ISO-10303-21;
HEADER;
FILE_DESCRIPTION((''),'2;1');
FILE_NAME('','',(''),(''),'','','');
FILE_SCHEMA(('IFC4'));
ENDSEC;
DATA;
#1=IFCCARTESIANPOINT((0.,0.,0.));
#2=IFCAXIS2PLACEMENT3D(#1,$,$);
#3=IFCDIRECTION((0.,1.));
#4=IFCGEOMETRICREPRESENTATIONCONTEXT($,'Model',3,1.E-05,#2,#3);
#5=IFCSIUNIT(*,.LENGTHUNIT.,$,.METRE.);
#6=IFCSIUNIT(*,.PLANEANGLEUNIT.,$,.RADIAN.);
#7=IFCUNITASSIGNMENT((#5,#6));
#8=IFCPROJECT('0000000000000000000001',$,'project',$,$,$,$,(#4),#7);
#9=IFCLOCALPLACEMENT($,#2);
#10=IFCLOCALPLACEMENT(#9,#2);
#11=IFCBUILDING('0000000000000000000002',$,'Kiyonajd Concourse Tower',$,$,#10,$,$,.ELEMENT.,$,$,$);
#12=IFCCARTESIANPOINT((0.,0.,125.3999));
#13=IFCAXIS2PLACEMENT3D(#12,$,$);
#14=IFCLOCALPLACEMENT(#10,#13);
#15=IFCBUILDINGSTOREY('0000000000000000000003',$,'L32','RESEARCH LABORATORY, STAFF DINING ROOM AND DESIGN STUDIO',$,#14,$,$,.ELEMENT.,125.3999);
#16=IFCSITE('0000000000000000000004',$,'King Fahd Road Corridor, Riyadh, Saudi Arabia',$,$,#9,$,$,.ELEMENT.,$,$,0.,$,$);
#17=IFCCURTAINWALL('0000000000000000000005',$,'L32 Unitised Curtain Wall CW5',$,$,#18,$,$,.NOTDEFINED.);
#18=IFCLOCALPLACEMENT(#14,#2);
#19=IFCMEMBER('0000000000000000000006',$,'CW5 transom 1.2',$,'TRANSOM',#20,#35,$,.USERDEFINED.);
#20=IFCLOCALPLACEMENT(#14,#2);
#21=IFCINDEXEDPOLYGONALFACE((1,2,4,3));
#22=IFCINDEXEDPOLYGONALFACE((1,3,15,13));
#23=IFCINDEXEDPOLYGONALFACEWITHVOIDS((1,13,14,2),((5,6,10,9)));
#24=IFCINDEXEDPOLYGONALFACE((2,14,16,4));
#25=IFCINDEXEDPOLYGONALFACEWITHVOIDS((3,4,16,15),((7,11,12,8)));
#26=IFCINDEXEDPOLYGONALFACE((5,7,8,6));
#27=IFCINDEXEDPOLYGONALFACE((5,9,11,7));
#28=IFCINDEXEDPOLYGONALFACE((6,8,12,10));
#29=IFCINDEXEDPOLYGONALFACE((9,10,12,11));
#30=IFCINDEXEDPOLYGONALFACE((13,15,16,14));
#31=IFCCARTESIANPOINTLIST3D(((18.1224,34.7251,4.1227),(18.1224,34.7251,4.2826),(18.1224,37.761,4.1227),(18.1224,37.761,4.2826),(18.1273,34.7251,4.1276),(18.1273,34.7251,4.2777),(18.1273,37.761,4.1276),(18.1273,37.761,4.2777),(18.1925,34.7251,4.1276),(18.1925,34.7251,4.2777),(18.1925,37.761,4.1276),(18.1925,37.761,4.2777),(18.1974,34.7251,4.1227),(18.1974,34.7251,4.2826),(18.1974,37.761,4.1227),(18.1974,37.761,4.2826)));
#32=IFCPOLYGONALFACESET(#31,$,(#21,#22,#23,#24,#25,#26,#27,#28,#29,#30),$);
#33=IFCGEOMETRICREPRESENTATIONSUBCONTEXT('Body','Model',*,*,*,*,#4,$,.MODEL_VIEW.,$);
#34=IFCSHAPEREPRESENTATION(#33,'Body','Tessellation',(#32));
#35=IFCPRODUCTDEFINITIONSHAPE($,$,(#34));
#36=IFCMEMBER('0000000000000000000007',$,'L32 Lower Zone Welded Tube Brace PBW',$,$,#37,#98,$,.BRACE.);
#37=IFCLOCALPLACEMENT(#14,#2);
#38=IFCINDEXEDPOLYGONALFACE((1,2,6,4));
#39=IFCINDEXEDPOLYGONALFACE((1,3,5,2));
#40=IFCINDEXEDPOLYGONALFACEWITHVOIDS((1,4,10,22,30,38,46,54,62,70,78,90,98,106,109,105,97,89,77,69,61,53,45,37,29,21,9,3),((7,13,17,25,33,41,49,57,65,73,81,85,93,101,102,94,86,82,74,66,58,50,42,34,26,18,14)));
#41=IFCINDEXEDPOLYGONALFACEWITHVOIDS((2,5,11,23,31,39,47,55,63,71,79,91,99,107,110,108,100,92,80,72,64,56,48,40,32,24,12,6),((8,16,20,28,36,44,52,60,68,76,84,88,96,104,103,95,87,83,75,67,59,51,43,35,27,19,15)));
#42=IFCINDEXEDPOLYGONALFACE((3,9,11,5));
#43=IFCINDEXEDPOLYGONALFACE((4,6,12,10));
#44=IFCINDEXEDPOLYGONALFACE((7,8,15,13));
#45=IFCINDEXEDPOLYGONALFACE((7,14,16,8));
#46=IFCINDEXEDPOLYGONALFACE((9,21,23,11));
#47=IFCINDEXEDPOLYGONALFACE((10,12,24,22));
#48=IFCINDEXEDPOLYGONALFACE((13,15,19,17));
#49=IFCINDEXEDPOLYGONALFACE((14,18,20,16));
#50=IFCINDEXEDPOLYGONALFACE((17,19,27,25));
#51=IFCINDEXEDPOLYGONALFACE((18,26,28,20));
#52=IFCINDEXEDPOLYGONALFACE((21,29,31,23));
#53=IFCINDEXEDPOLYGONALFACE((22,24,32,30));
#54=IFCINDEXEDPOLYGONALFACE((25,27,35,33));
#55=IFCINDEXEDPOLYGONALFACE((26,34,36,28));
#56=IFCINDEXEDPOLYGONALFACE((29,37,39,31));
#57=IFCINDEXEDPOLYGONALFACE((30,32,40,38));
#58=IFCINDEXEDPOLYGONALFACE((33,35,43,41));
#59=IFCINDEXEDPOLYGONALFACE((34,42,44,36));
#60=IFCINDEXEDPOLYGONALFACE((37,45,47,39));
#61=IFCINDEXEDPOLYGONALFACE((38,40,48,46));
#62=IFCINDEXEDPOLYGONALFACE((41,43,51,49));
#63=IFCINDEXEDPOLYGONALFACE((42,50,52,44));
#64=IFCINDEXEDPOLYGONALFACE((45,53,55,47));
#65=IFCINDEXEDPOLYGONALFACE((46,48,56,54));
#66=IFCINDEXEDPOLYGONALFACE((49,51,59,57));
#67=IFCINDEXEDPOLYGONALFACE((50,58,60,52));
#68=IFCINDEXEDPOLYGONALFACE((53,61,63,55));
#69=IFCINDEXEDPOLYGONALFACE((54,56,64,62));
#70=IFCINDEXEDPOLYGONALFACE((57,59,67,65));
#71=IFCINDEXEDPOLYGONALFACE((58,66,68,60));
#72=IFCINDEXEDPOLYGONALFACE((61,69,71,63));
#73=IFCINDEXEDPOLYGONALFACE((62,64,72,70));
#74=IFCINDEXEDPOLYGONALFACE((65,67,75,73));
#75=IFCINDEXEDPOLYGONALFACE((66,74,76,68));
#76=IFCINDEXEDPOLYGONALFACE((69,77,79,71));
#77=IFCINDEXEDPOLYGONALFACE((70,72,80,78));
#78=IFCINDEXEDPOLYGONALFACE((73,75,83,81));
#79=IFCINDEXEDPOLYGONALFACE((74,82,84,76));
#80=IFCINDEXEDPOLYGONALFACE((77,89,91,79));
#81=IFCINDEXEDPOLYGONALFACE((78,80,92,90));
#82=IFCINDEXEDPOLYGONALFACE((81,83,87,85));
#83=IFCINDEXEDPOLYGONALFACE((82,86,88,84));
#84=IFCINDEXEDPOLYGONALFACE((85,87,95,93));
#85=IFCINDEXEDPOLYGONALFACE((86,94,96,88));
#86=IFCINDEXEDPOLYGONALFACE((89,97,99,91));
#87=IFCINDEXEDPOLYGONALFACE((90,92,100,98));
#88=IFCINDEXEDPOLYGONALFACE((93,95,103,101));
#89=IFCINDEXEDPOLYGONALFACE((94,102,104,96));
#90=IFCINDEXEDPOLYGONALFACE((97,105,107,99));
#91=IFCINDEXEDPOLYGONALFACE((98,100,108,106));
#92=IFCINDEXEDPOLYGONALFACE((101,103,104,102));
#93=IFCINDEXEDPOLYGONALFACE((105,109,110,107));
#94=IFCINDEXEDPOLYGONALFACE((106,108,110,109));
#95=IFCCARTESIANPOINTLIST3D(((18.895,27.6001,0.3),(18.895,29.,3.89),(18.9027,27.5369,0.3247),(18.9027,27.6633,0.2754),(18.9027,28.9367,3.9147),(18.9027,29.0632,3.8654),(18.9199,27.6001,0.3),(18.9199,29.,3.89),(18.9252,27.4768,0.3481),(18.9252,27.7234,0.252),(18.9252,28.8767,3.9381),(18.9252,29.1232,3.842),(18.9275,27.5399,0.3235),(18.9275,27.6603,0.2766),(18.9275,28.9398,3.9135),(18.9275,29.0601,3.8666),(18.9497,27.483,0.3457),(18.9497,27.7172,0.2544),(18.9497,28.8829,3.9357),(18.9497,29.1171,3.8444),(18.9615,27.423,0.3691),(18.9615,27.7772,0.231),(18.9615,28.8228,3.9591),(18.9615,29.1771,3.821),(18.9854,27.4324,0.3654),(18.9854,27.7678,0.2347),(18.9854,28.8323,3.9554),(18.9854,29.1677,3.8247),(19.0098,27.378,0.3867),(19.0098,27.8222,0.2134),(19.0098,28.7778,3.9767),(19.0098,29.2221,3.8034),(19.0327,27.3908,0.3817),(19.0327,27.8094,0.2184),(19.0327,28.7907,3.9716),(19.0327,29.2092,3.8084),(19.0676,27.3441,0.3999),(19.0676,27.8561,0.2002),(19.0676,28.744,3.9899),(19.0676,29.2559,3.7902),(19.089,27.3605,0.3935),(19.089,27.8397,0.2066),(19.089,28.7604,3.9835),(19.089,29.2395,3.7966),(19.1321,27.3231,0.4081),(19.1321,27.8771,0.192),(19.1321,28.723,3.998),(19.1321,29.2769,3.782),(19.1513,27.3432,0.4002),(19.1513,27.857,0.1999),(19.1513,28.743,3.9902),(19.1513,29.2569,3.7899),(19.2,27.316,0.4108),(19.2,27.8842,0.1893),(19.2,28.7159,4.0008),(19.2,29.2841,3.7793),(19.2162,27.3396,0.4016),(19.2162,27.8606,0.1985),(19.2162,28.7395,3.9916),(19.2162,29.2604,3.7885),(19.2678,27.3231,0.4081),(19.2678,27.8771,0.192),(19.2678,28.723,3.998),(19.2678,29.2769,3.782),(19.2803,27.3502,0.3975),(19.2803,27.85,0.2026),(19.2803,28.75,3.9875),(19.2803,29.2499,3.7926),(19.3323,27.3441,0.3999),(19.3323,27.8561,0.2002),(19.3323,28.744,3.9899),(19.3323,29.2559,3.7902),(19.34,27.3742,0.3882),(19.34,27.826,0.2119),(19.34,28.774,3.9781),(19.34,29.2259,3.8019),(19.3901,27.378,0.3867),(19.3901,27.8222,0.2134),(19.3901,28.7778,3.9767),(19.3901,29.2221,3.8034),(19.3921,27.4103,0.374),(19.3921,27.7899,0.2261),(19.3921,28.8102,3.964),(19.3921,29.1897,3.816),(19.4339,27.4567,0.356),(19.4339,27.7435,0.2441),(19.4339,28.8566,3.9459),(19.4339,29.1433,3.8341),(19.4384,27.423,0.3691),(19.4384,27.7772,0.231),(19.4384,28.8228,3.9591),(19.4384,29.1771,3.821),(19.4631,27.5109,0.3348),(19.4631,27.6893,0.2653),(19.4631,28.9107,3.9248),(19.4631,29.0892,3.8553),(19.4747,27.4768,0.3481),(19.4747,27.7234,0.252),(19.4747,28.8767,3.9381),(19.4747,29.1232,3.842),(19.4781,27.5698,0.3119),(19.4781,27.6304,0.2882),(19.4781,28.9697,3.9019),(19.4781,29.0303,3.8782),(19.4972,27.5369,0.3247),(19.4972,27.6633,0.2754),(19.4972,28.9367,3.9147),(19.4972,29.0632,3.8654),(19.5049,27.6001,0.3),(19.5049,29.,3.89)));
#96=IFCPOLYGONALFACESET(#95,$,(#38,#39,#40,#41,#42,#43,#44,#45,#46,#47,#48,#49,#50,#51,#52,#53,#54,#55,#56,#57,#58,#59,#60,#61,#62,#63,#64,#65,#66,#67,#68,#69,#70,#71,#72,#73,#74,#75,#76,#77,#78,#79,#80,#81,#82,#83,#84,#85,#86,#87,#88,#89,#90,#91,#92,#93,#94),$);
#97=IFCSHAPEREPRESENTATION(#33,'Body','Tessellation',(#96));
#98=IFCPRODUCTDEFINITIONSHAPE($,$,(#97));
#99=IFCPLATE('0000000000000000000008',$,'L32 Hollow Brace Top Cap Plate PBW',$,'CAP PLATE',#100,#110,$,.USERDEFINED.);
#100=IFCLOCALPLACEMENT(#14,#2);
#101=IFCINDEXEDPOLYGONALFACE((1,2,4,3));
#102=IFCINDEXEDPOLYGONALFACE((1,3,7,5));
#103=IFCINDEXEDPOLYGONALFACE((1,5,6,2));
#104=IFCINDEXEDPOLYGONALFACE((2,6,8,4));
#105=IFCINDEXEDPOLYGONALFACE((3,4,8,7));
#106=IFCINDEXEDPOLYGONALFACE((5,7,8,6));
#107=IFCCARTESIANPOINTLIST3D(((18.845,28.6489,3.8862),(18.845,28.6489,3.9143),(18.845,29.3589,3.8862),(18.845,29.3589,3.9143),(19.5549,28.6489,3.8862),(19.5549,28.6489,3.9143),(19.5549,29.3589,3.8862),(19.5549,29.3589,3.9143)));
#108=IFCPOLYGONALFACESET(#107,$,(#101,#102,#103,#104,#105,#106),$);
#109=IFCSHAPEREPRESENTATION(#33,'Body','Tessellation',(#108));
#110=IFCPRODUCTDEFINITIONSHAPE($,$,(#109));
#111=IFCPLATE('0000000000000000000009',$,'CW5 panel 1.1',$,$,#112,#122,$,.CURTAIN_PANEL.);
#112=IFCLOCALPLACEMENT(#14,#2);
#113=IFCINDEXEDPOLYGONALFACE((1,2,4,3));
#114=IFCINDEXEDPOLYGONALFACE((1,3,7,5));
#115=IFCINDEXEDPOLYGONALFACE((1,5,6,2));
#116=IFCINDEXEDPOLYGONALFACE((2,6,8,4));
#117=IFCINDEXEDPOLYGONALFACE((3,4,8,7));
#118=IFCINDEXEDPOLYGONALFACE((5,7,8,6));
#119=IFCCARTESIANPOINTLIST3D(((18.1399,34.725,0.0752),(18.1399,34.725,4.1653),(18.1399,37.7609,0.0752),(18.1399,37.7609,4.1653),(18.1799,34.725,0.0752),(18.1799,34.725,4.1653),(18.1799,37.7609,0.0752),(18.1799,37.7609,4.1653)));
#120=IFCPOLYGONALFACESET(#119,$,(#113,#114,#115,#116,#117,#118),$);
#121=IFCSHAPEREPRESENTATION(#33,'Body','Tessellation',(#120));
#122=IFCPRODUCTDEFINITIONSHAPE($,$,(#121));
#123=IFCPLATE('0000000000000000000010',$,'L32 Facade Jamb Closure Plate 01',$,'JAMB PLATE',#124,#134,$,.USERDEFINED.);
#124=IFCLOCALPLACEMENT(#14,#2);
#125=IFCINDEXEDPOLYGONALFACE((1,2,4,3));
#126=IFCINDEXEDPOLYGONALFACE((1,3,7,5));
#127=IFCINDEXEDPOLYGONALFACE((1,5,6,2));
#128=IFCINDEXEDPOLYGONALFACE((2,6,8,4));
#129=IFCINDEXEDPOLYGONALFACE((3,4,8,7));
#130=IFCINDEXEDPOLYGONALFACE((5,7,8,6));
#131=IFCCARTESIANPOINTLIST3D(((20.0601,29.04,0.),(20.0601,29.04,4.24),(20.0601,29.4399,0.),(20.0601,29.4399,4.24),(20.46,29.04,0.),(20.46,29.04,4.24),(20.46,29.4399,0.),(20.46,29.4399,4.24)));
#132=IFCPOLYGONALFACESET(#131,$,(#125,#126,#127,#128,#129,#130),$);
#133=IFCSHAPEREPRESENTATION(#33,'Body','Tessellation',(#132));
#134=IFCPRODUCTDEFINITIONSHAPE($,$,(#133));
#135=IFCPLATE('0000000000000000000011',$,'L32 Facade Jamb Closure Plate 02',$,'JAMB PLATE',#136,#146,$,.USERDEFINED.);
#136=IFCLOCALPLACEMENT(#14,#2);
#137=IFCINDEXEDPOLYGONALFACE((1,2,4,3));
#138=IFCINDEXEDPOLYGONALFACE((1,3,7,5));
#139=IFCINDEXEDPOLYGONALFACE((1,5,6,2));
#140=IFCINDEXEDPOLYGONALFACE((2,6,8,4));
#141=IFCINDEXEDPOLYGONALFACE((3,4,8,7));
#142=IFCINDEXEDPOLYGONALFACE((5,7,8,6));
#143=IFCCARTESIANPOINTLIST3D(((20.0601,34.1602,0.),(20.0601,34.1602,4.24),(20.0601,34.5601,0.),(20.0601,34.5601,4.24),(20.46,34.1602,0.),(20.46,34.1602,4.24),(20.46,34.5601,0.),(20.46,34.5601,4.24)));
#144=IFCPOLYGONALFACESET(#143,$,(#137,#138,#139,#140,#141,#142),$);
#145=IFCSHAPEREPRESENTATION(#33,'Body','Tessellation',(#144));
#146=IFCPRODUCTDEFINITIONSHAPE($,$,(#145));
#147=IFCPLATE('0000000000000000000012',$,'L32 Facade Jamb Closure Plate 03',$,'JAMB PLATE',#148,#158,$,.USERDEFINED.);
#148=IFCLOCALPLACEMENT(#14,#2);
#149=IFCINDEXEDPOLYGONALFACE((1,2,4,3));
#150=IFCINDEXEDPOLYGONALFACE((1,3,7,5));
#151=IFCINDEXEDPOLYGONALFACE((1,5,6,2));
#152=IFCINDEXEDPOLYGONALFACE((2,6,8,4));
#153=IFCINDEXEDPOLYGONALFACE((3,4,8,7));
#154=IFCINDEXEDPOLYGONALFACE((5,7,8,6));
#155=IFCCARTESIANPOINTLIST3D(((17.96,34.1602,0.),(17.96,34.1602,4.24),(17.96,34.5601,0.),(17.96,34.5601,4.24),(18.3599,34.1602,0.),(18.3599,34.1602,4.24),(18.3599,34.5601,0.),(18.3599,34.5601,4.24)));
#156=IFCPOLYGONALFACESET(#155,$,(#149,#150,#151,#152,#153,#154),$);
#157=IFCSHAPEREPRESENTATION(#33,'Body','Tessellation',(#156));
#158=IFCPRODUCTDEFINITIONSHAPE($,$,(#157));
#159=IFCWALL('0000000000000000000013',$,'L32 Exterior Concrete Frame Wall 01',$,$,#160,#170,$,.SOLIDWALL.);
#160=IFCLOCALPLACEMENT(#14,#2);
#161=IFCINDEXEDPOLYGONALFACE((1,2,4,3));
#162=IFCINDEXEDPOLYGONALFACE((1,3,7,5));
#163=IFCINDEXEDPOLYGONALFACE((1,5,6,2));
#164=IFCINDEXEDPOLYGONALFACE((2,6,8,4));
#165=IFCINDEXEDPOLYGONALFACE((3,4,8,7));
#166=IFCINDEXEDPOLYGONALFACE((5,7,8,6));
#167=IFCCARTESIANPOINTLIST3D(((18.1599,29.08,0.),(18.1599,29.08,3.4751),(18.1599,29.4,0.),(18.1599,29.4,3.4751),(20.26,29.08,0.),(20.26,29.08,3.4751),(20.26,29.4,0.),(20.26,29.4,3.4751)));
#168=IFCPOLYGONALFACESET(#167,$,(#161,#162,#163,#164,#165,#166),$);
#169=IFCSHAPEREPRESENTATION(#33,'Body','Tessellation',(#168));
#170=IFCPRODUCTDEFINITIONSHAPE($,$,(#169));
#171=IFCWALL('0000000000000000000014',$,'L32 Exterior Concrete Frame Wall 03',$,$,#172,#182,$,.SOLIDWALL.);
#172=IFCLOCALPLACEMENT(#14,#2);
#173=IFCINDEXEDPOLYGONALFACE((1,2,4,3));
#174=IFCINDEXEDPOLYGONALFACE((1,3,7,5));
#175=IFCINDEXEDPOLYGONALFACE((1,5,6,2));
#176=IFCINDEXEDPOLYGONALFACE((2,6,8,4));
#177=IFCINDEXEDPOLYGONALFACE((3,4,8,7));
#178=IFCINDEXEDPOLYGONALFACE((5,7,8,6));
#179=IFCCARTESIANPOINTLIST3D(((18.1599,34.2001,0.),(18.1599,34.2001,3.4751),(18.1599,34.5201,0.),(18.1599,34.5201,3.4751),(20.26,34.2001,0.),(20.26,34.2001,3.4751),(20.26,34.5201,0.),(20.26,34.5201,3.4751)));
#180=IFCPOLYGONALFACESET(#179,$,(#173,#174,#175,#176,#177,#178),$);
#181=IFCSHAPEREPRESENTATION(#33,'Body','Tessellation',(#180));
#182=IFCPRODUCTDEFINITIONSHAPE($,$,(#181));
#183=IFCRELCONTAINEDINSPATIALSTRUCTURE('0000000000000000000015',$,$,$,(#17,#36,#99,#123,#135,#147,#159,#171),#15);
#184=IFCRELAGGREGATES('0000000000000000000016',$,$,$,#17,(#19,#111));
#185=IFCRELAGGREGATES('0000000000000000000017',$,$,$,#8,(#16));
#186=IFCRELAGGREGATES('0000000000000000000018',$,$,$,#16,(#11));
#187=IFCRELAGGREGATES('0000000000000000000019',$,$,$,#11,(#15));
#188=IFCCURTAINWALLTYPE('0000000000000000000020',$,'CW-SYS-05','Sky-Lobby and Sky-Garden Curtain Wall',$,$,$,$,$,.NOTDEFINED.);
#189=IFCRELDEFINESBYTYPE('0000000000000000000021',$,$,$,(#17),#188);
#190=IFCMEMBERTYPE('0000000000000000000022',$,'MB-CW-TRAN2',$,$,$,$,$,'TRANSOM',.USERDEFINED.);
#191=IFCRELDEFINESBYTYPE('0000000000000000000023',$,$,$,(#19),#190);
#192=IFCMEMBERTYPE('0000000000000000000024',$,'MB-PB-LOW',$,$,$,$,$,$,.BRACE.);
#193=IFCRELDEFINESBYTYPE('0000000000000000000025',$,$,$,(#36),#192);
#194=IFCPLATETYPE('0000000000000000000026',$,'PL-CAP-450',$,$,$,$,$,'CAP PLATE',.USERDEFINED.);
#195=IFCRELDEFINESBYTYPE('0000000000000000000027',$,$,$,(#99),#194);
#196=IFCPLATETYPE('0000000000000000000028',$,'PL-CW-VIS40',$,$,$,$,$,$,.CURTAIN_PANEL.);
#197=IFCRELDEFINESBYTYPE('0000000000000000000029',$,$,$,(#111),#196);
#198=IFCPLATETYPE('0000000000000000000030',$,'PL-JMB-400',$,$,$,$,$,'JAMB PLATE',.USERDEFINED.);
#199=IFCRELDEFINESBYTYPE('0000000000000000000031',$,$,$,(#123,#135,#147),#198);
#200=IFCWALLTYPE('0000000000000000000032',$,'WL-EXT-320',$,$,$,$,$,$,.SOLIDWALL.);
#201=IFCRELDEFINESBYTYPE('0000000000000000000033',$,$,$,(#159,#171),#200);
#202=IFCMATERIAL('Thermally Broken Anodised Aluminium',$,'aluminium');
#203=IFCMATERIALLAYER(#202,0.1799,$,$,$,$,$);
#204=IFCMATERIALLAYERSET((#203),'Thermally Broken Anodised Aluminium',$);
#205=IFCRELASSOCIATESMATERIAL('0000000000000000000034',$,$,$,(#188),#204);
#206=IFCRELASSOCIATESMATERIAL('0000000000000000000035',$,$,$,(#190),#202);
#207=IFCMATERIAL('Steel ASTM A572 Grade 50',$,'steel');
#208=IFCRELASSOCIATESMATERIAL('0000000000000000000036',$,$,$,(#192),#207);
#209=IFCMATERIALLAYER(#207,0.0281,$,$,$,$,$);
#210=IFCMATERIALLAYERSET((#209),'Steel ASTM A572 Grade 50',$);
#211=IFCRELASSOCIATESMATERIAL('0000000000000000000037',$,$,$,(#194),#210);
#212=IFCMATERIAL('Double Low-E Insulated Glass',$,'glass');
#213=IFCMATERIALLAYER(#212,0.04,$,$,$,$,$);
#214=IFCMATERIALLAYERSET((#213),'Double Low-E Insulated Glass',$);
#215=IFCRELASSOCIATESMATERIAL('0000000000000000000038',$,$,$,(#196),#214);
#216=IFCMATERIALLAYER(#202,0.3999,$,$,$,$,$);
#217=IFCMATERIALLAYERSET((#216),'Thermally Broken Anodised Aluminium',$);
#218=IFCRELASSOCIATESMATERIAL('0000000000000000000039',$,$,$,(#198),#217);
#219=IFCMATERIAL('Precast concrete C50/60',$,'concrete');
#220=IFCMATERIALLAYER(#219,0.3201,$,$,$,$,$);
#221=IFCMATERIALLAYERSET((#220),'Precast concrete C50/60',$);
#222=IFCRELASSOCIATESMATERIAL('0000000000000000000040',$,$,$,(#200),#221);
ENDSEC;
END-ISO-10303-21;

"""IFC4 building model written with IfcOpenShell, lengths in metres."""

from ifc_helpers import new_model, si_unit, direction, frame, frame_2d, origin, origin_2d, place, context, subcontext, project, spatial, rectangle, hollow_rectangle, hollow_circle, extrude, material, layer, layer_set, material_profile, profile_set, type_object, element, aggregate, save


model = new_model("IFC4")

# Units and contexts
model_context = context("Model", 3, precision=1e-05, world=origin(), true_north=direction((0.0, 1.0)))
body_context = subcontext(model_context, "Body", "Model", "MODEL_VIEW")
ifc_project = project(units=[si_unit("LENGTHUNIT", "METRE"), si_unit("PLANEANGLEUNIT", "RADIAN")], contexts=[model_context])

# Site, building, storey
site_placement = place(None, origin())
site = spatial("IfcSite", under=ifc_project, at=site_placement, Name="King Fahd Road Corridor, Riyadh, Saudi Arabia", CompositionType="ELEMENT", RefElevation=0.0)
building_placement = place(site_placement, origin())
building = spatial("IfcBuilding", under=site, at=building_placement, Name="Kiyonajd Concourse Tower", CompositionType="ELEMENT")
storey_placement = place(building_placement, frame((0.0, 0.0, 125.3999)))
storey = spatial("IfcBuildingStorey", under=building, at=storey_placement, Name="L32", Description="RESEARCH LABORATORY, STAFF DINING ROOM AND DESIGN STUDIO", CompositionType="ELEMENT", Elevation=125.3999)

# Shared definitions
ifc_material_1 = material(Name="Precast concrete C50/60", Category="concrete")

# Curtain wall, member
ifc_material_2 = material(Name="Thermally Broken Anodised Aluminium", Category="aluminium")
ifc_layer_1 = layer(ifc_material_2, 0.1799)
ifc_layer_set_1 = layer_set([ifc_layer_1], Name="Thermally Broken Anodised Aluminium")
curtain_wall_type = type_object("IfcCurtainWallType", Name="CW-SYS-05", Description="Sky-Lobby and Sky-Garden Curtain Wall", PredefinedType="NOTDEFINED", material=ifc_layer_set_1)
curtain_wall_placement = place(storey_placement, origin())
curtain_wall = element("IfcCurtainWall", 1, at=curtain_wall_placement, inside=storey, type_object=curtain_wall_type, Name="L32 Unitised Curtain Wall CW5", PredefinedType="NOTDEFINED")
ifc_material_profile_1 = material_profile(ifc_material_2, hollow_rectangle(XDim=0.075, YDim=0.1599, WallThickness=0.0049, at=origin_2d()), Name="TRAN-75x160")
ifc_profile_set_1 = profile_set([ifc_material_profile_1], Name="Thermally Broken Anodised Aluminium")
member_type_1 = type_object("IfcMemberType", Name="MB-CW-TRAN2", ElementType="TRANSOM", PredefinedType="USERDEFINED", material=ifc_profile_set_1)
member_1_placement = place(storey_placement, frame((18.1599, 34.7251, 4.2026), z_axis=(0.0, 1.0, 0.0), x_axis=(-1.0, 0.0, 0.0)))
member_1 = element("IfcMember", 2, at=member_1_placement, type_object=member_type_1, Name="CW5 transom 1.2", ObjectType="TRANSOM", PredefinedType="USERDEFINED", context=body_context, shape_type="SweptSolid", body=[
    extrude(hollow_rectangle(XDim=0.075, YDim=0.1599, WallThickness=0.0049, at=origin_2d()), origin(), (0.0, 0.0, 1.0), 3.0359),
])

# Member
ifc_material_3 = material(Name="Steel ASTM A572 Grade 50", Category="steel")
ifc_material_profile_2 = material_profile(ifc_material_3, hollow_circle(Radius=0.3049, WallThickness=0.0249, at=origin_2d()), Name="CHS-610x25")
ifc_profile_set_2 = profile_set([ifc_material_profile_2], Name="Steel ASTM A572 Grade 50")
member_type_2 = type_object("IfcMemberType", Name="MB-PB-LOW", PredefinedType="BRACE", material=ifc_profile_set_2)
member_2_placement = place(storey_placement, frame((19.2, 27.6001, 0.3), z_axis=(0.0, 0.363293, 0.931675), x_axis=(-1.0, 0.0, 0.0)))
element("IfcMember", 3, at=member_2_placement, inside=storey, type_object=member_type_2, Name="L32 Lower Zone Welded Tube Brace PBW", PredefinedType="BRACE", context=body_context, shape_type="SweptSolid", body=[
    extrude(hollow_circle(Radius=0.3049, WallThickness=0.0249, at=origin_2d()), origin(), (0.0, 0.0, 1.0), 3.8533),
])

# Plates
ifc_layer_2 = layer(ifc_material_3, 0.0281)
ifc_layer_set_2 = layer_set([ifc_layer_2], Name="Steel ASTM A572 Grade 50")
plate_type_1 = type_object("IfcPlateType", Name="PL-CAP-450", ElementType="CAP PLATE", PredefinedType="USERDEFINED", material=ifc_layer_set_2)
plate_1_placement = place(storey_placement, frame((19.2, 29.0039, 3.8862), z_axis=(0.0, 0.0, 1.0), x_axis=(1.0, 0.0, 0.0)))
element("IfcPlate", 4, at=plate_1_placement, inside=storey, type_object=plate_type_1, Name="L32 Hollow Brace Top Cap Plate PBW", ObjectType="CAP PLATE", PredefinedType="USERDEFINED", context=body_context, shape_type="SweptSolid", body=[
    extrude(rectangle(XDim=0.71, YDim=0.71, at=origin_2d()), origin(), (0.0, 0.0, 1.0), 0.0281),
])
ifc_material_4 = material(Name="Double Low-E Insulated Glass", Category="glass")
ifc_layer_3 = layer(ifc_material_4, 0.04)
ifc_layer_set_3 = layer_set([ifc_layer_3], Name="Double Low-E Insulated Glass")
plate_type_2 = type_object("IfcPlateType", Name="PL-CW-VIS40", PredefinedType="CURTAIN_PANEL", material=ifc_layer_set_3)
plate_2_placement = place(storey_placement, frame((18.1599, 36.2429, 0.0752), z_axis=(0.0, 0.0, 1.0), x_axis=(0.0, 1.0, 0.0)))
plate_2 = element("IfcPlate", 5, at=plate_2_placement, type_object=plate_type_2, Name="CW5 panel 1.1", PredefinedType="CURTAIN_PANEL", context=body_context, shape_type="SweptSolid", body=[
    extrude(rectangle(XDim=3.0359, YDim=0.04, at=origin_2d()), origin(), (0.0, 0.0, 1.0), 4.0901),
])
aggregate(curtain_wall, [member_1, plate_2])

# Plates
ifc_layer_4 = layer(ifc_material_2, 0.3999)
ifc_layer_set_4 = layer_set([ifc_layer_4], Name="Thermally Broken Anodised Aluminium")
plate_type_3 = type_object("IfcPlateType", Name="PL-JMB-400", ElementType="JAMB PLATE", PredefinedType="USERDEFINED", material=ifc_layer_set_4)
for number, where, z_axis, x_axis, name in (
    (6, (20.26, 29.24, 0.0), (0.0, 0.0, 1.0), (1.0, 0.0, 0.0), "L32 Facade Jamb Closure Plate 01"),
    (7, (20.26, 34.3601, 0.0), (0.0, 0.0, 1.0), (1.0, 0.0, 0.0), "L32 Facade Jamb Closure Plate 02"),
    (8, (18.1599, 34.3601, 0.0), (0.0, 0.0, 1.0), (1.0, 0.0, 0.0), "L32 Facade Jamb Closure Plate 03"),
):
    element("IfcPlate", number, at=place(storey_placement, frame(where, z_axis=z_axis, x_axis=x_axis)), inside=storey, type_object=plate_type_3, Name=name, ObjectType="JAMB PLATE", PredefinedType="USERDEFINED", context=body_context, shape_type="SweptSolid", body=[
        extrude(rectangle(XDim=0.3999, YDim=0.3999, at=origin_2d()), origin(), (0.0, 0.0, 1.0), 4.24),
    ])

# Walls
ifc_layer_5 = layer(ifc_material_1, 0.3201)
ifc_layer_set_5 = layer_set([ifc_layer_5], Name="Precast concrete C50/60")
wall_type_1 = type_object("IfcWallType", Name="WL-EXT-320", PredefinedType="SOLIDWALL", material=ifc_layer_set_5)
for number, where, z_axis, x_axis, name in (
    (9, (18.1599, 29.24, 0.0), (0.0, 0.0, 1.0), (1.0, 0.0, 0.0), "L32 Exterior Concrete Frame Wall 01"),
    (10, (20.26, 34.3601, 0.0), (0.0, 0.0, 1.0), (-1.0, 0.0, 0.0), "L32 Exterior Concrete Frame Wall 03"),
):
    element("IfcWall", number, at=place(storey_placement, frame(where, z_axis=z_axis, x_axis=x_axis)), inside=storey, type_object=wall_type_1, Name=name, PredefinedType="SOLIDWALL", context=body_context, shape_type="SweptSolid", body=[
        extrude(rectangle(XDim=2.1001, YDim=0.3201, at=frame_2d((1.05, 0.0))), origin(), (0.0, 0.0, 1.0), 3.4751),
    ])

save(model, "model.ifc")
